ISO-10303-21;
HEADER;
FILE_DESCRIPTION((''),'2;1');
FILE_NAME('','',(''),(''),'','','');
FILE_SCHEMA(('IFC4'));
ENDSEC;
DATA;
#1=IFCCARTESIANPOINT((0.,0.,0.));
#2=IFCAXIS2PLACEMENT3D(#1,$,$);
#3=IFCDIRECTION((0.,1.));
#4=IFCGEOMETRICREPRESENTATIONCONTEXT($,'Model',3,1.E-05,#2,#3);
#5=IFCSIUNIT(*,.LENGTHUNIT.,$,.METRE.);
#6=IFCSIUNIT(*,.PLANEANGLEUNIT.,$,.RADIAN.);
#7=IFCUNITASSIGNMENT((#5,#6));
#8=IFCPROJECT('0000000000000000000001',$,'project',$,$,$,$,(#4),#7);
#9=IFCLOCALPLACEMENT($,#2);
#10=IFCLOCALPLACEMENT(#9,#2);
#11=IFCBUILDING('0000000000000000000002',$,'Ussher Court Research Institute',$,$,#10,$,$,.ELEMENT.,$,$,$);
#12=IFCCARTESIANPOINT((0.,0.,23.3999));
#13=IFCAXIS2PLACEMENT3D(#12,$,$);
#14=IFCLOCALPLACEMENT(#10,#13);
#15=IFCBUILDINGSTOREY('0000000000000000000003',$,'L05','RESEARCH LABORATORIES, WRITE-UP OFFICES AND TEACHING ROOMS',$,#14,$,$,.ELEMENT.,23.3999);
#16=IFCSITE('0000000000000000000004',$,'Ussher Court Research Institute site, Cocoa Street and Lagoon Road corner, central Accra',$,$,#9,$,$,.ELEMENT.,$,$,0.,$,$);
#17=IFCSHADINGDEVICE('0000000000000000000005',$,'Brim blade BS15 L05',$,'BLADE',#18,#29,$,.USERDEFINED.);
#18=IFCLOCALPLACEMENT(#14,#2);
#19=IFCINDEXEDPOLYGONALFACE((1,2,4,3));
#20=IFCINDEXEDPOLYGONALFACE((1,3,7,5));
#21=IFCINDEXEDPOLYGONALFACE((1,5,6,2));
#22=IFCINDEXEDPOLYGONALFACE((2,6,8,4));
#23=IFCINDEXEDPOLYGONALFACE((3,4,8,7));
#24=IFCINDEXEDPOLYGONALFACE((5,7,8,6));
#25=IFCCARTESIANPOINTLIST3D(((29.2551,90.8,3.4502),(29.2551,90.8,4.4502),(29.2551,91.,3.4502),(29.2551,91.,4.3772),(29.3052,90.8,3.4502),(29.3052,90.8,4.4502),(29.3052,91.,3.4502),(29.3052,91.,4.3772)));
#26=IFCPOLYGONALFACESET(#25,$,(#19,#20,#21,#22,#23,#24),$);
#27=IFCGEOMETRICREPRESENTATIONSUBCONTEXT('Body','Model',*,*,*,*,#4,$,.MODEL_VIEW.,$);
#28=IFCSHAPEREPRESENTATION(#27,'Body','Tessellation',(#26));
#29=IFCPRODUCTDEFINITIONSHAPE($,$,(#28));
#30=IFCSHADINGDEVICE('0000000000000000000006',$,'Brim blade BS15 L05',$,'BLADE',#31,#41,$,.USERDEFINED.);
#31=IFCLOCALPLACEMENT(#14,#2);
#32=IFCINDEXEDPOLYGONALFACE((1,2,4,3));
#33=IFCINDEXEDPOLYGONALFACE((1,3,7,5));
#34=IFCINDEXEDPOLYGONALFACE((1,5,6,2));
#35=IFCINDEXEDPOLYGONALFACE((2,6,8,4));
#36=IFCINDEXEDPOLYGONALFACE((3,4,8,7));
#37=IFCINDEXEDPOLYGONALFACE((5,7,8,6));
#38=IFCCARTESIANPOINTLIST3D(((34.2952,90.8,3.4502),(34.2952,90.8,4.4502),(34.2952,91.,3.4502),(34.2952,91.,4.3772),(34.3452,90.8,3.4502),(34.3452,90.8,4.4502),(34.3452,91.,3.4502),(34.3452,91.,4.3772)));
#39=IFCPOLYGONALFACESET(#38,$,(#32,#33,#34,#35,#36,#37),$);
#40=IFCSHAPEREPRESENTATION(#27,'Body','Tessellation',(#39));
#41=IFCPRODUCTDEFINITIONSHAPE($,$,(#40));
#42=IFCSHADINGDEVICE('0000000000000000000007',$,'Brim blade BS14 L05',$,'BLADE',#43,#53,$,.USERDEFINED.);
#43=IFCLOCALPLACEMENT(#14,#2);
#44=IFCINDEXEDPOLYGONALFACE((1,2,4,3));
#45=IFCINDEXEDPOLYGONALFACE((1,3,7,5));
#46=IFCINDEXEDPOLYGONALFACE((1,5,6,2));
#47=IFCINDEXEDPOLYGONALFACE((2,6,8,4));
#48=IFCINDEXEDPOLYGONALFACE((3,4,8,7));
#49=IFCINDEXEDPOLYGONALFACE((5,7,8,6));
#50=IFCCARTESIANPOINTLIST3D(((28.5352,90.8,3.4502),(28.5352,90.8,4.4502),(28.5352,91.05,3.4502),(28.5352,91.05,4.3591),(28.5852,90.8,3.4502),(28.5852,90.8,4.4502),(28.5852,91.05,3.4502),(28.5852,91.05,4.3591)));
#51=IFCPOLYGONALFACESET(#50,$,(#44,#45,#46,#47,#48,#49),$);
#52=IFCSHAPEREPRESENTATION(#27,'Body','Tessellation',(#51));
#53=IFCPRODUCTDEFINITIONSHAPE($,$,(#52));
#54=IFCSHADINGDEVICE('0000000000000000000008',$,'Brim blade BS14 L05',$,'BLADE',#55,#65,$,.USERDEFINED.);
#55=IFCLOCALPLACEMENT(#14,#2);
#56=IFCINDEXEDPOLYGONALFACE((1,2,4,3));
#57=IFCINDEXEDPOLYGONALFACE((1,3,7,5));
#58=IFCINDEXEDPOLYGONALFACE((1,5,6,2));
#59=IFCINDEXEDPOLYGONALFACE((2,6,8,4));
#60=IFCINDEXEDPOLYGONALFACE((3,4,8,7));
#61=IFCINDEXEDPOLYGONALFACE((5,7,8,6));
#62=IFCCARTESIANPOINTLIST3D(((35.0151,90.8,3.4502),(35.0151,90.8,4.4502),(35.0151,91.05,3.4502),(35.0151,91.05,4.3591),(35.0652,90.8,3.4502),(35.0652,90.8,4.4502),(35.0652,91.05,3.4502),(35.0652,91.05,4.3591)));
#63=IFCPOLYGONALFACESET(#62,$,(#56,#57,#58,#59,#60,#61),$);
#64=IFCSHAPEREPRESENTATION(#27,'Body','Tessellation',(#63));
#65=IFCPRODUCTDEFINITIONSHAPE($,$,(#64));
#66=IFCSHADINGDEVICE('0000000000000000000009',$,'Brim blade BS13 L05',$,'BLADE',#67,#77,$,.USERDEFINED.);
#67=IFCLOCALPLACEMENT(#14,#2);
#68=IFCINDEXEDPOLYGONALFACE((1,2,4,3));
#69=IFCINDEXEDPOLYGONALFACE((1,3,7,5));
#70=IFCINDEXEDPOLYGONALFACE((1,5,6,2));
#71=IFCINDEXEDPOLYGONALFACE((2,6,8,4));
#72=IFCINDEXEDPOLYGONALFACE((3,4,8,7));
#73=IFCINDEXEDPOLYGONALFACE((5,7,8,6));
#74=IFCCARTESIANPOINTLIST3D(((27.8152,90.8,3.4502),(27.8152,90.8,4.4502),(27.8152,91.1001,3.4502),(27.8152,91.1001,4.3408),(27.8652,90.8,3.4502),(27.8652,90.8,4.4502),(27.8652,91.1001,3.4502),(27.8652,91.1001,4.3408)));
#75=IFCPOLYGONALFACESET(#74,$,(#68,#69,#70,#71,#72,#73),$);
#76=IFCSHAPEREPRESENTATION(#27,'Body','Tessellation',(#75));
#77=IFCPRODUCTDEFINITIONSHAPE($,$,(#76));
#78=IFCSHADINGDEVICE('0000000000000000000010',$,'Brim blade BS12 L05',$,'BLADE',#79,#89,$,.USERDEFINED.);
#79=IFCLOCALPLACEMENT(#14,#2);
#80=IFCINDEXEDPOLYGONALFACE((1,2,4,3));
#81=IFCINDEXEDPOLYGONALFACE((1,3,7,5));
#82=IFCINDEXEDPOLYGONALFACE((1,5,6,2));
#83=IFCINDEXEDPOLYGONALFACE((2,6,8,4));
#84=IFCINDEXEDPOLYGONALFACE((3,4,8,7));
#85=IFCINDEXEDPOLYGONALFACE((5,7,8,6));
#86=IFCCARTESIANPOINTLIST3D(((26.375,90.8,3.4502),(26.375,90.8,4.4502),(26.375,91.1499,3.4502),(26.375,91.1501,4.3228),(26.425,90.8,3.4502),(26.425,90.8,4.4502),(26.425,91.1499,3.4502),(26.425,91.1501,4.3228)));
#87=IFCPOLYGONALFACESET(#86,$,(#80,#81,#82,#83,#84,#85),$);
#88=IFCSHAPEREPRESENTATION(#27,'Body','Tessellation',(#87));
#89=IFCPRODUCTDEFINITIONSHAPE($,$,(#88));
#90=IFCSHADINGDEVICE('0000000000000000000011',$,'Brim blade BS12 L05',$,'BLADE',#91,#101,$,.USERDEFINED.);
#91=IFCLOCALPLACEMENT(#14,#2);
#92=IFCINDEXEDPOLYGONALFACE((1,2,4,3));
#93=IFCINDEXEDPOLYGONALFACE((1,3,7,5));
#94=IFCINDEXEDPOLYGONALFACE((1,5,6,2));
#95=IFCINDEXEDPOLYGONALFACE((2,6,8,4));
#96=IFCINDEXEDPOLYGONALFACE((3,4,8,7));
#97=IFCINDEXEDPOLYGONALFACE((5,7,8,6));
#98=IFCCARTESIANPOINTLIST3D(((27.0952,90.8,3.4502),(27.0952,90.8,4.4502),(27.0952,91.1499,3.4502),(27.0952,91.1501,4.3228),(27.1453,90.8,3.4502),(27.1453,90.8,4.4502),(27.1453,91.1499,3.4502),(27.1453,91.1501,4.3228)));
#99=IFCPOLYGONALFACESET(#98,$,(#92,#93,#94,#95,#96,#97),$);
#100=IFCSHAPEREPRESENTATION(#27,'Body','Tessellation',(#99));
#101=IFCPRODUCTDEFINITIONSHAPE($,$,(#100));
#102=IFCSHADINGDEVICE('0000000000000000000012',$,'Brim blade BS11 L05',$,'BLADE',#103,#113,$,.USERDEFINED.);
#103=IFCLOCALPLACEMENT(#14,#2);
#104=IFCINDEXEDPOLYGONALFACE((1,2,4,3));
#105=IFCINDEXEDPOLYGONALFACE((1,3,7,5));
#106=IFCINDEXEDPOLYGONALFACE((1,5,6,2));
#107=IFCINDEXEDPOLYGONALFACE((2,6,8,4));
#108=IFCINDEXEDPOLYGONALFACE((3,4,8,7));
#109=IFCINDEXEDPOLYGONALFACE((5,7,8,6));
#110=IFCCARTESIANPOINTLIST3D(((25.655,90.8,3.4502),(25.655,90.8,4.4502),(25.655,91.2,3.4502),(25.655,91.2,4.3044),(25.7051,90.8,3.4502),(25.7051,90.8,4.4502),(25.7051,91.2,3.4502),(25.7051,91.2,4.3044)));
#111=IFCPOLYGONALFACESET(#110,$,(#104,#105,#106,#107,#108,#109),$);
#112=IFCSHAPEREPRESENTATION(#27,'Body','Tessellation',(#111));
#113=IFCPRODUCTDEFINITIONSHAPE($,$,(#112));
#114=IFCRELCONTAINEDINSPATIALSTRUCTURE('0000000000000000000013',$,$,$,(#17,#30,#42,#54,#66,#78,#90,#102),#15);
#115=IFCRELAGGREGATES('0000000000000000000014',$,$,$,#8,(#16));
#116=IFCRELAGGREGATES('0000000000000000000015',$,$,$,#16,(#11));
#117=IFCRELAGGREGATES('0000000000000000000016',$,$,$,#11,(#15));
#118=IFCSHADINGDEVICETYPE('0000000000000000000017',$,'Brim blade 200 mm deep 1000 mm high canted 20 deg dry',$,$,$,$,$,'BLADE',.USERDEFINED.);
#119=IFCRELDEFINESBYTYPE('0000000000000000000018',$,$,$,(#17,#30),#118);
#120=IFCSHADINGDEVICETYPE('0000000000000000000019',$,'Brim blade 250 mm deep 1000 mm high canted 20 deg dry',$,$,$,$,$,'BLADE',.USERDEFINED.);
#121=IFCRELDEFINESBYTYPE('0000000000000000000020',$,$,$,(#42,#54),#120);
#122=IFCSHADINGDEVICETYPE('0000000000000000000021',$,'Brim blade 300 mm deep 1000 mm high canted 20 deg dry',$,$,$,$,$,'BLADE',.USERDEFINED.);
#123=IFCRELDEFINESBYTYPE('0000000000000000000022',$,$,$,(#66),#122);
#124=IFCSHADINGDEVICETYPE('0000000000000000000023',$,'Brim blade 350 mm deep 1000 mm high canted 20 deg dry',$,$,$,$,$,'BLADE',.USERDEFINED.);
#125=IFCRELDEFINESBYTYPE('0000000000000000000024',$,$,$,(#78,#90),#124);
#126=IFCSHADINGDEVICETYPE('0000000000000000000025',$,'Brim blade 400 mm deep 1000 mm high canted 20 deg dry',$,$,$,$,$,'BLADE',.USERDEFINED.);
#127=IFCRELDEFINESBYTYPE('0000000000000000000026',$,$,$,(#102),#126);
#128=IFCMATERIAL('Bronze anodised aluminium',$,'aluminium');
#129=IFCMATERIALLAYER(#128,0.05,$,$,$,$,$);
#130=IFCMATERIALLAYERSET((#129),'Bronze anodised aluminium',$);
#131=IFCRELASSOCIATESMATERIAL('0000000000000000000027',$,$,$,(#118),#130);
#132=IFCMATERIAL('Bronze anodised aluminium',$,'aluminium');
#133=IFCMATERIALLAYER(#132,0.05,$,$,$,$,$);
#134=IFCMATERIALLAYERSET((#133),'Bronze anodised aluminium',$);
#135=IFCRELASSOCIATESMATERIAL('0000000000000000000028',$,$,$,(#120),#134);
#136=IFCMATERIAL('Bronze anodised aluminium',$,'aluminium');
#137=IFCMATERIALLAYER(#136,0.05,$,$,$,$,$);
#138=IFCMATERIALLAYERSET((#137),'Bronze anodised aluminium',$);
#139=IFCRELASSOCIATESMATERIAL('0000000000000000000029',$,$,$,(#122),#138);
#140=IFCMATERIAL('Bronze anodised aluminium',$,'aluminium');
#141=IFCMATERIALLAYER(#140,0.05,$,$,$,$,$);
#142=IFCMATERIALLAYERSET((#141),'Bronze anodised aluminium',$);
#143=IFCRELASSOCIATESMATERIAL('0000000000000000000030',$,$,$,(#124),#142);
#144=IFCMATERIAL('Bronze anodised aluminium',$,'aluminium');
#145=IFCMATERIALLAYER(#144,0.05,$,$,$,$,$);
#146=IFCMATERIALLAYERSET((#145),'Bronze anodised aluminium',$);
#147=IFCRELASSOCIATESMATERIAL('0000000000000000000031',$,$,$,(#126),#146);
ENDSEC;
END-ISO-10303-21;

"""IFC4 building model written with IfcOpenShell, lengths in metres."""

from ifc_helpers import new_model, si_unit, direction, frame, origin, place, context, subcontext, project, spatial, polyline, outline, extrude, material, layer, layer_set, type_object, element, save


model = new_model("IFC4")

# Units and contexts
model_context = context("Model", 3, precision=1e-05, world=origin(), true_north=direction((0.0, 1.0)))
body_context = subcontext(model_context, "Body", "Model", "MODEL_VIEW")
ifc_project = project(units=[si_unit("LENGTHUNIT", "METRE"), si_unit("PLANEANGLEUNIT", "RADIAN")], contexts=[model_context])

# Site, building, storey
site_placement = place(None, origin())
site = spatial("IfcSite", under=ifc_project, at=site_placement, Name="Ussher Court Research Institute site, Cocoa Street and Lagoon Road corner, central Accra", CompositionType="ELEMENT", RefElevation=0.0)
building_placement = place(site_placement, origin())
building = spatial("IfcBuilding", under=site, at=building_placement, Name="Ussher Court Research Institute", CompositionType="ELEMENT")
storey_placement = place(building_placement, frame((0.0, 0.0, 23.3999)))
storey = spatial("IfcBuildingStorey", under=building, at=storey_placement, Name="L05", Description="RESEARCH LABORATORIES, WRITE-UP OFFICES AND TEACHING ROOMS", CompositionType="ELEMENT", Elevation=23.3999)

# Shading devices
ifc_material_1 = material(Name="Bronze anodised aluminium", Category="aluminium")
ifc_layer_1 = layer(ifc_material_1, 0.05)
ifc_layer_set_1 = layer_set([ifc_layer_1], Name="Bronze anodised aluminium")
shading_device_type_1 = type_object("IfcShadingDeviceType", Name="Brim blade 200 mm deep 1000 mm high canted 20 deg dry", ElementType="BLADE", PredefinedType="USERDEFINED", material=ifc_layer_set_1)
for number, where, z_axis, x_axis, name in (
    (1, (29.28, 90.8, 3.4502), (0.0, 0.0, 1.0), (0.0, 1.0, 0.0), "Brim blade BS15 L05"),
    (2, (34.3201, 90.8, 3.4502), (0.0, 0.0, 1.0), (0.0, 1.0, 0.0), "Brim blade BS15 L05"),
):
    element("IfcShadingDevice", number, at=place(storey_placement, frame(where, z_axis=z_axis, x_axis=x_axis)), inside=storey, type_object=shading_device_type_1, Name=name, ObjectType="BLADE", PredefinedType="USERDEFINED", context=body_context, shape_type="SweptSolid", body=[
        extrude(outline(polyline([(0.0, 0.0), (0.2, 0.0), (0.2, 0.927), (0.0, 1.0), (0.0, 0.0)])), frame((0.0, 0.0249, 0.0), z_axis=(0.0, -1.0, 0.0), x_axis=(1.0, 0.0, 0.0)), (0.0, 0.0, 1.0), 0.05),
    ])
ifc_material_2 = material(Name="Bronze anodised aluminium", Category="aluminium")
ifc_layer_2 = layer(ifc_material_2, 0.05)
ifc_layer_set_2 = layer_set([ifc_layer_2], Name="Bronze anodised aluminium")
shading_device_type_2 = type_object("IfcShadingDeviceType", Name="Brim blade 250 mm deep 1000 mm high canted 20 deg dry", ElementType="BLADE", PredefinedType="USERDEFINED", material=ifc_layer_set_2)
for number, where, z_axis, x_axis, name in (
    (3, (28.5601, 90.8, 3.4502), (0.0, 0.0, 1.0), (0.0, 1.0, 0.0), "Brim blade BS14 L05"),
    (4, (35.04, 90.8, 3.4502), (0.0, 0.0, 1.0), (0.0, 1.0, 0.0), "Brim blade BS14 L05"),
):
    element("IfcShadingDevice", number, at=place(storey_placement, frame(where, z_axis=z_axis, x_axis=x_axis)), inside=storey, type_object=shading_device_type_2, Name=name, ObjectType="BLADE", PredefinedType="USERDEFINED", context=body_context, shape_type="SweptSolid", body=[
        extrude(outline(polyline([(0.0, 0.0), (0.25, 0.0), (0.25, 0.9089), (0.0, 1.0), (0.0, 0.0)])), frame((0.0, 0.0249, 0.0), z_axis=(0.0, -1.0, 0.0), x_axis=(1.0, 0.0, 0.0)), (0.0, 0.0, 1.0), 0.05),
    ])
ifc_material_3 = material(Name="Bronze anodised aluminium", Category="aluminium")
ifc_layer_3 = layer(ifc_material_3, 0.05)
ifc_layer_set_3 = layer_set([ifc_layer_3], Name="Bronze anodised aluminium")
shading_device_type_3 = type_object("IfcShadingDeviceType", Name="Brim blade 300 mm deep 1000 mm high canted 20 deg dry", ElementType="BLADE", PredefinedType="USERDEFINED", material=ifc_layer_set_3)
shading_device_1_placement = place(storey_placement, frame((27.8401, 90.8, 3.4502), z_axis=(0.0, 0.0, 1.0), x_axis=(0.0, 1.0, 0.0)))
element("IfcShadingDevice", 5, at=shading_device_1_placement, inside=storey, type_object=shading_device_type_3, Name="Brim blade BS13 L05", ObjectType="BLADE", PredefinedType="USERDEFINED", context=body_context, shape_type="SweptSolid", body=[
    extrude(outline(polyline([(0.0, 0.0), (0.3, 0.0), (0.3, 0.8906), (0.0, 1.0), (0.0, 0.0)])), frame((0.0, 0.0249, 0.0), z_axis=(0.0, -1.0, 0.0), x_axis=(1.0, 0.0, 0.0)), (0.0, 0.0, 1.0), 0.05),
])
ifc_material_4 = material(Name="Bronze anodised aluminium", Category="aluminium")
ifc_layer_4 = layer(ifc_material_4, 0.05)
ifc_layer_set_4 = layer_set([ifc_layer_4], Name="Bronze anodised aluminium")
shading_device_type_4 = type_object("IfcShadingDeviceType", Name="Brim blade 350 mm deep 1000 mm high canted 20 deg dry", ElementType="BLADE", PredefinedType="USERDEFINED", material=ifc_layer_set_4)
for number, where, z_axis, x_axis, name in (
    (6, (26.3999, 90.8, 3.4502), (0.0, 0.0, 1.0), (0.0, 1.0, 0.0), "Brim blade BS12 L05"),
    (7, (27.1201, 90.8, 3.4502), (0.0, 0.0, 1.0), (0.0, 1.0, 0.0), "Brim blade BS12 L05"),
):
    element("IfcShadingDevice", number, at=place(storey_placement, frame(where, z_axis=z_axis, x_axis=x_axis)), inside=storey, type_object=shading_device_type_4, Name=name, ObjectType="BLADE", PredefinedType="USERDEFINED", context=body_context, shape_type="SweptSolid", body=[
        extrude(outline(polyline([(0.0, 0.0), (0.3499, 0.0), (0.3501, 0.8726), (0.0, 1.0), (0.0, 0.0)])), frame((0.0, 0.0249, 0.0), z_axis=(0.0, -1.0, 0.0), x_axis=(1.0, 0.0, 0.0)), (0.0, 0.0, 1.0), 0.05),
    ])
ifc_material_5 = material(Name="Bronze anodised aluminium", Category="aluminium")
ifc_layer_5 = layer(ifc_material_5, 0.05)
ifc_layer_set_5 = layer_set([ifc_layer_5], Name="Bronze anodised aluminium")
shading_device_type_5 = type_object("IfcShadingDeviceType", Name="Brim blade 400 mm deep 1000 mm high canted 20 deg dry", ElementType="BLADE", PredefinedType="USERDEFINED", material=ifc_layer_set_5)
shading_device_2_placement = place(storey_placement, frame((25.6799, 90.8, 3.4502), z_axis=(0.0, 0.0, 1.0), x_axis=(0.0, 1.0, 0.0)))
element("IfcShadingDevice", 8, at=shading_device_2_placement, inside=storey, type_object=shading_device_type_5, Name="Brim blade BS11 L05", ObjectType="BLADE", PredefinedType="USERDEFINED", context=body_context, shape_type="SweptSolid", body=[
    extrude(outline(polyline([(0.0, 0.0), (0.3999, 0.0), (0.3999, 0.8542), (0.0, 1.0), (0.0, 0.0)])), frame((0.0, 0.0249, 0.0), z_axis=(0.0, -1.0, 0.0), x_axis=(1.0, 0.0, 0.0)), (0.0, 0.0, 1.0), 0.05),
])

save(model, "model.ifc")
